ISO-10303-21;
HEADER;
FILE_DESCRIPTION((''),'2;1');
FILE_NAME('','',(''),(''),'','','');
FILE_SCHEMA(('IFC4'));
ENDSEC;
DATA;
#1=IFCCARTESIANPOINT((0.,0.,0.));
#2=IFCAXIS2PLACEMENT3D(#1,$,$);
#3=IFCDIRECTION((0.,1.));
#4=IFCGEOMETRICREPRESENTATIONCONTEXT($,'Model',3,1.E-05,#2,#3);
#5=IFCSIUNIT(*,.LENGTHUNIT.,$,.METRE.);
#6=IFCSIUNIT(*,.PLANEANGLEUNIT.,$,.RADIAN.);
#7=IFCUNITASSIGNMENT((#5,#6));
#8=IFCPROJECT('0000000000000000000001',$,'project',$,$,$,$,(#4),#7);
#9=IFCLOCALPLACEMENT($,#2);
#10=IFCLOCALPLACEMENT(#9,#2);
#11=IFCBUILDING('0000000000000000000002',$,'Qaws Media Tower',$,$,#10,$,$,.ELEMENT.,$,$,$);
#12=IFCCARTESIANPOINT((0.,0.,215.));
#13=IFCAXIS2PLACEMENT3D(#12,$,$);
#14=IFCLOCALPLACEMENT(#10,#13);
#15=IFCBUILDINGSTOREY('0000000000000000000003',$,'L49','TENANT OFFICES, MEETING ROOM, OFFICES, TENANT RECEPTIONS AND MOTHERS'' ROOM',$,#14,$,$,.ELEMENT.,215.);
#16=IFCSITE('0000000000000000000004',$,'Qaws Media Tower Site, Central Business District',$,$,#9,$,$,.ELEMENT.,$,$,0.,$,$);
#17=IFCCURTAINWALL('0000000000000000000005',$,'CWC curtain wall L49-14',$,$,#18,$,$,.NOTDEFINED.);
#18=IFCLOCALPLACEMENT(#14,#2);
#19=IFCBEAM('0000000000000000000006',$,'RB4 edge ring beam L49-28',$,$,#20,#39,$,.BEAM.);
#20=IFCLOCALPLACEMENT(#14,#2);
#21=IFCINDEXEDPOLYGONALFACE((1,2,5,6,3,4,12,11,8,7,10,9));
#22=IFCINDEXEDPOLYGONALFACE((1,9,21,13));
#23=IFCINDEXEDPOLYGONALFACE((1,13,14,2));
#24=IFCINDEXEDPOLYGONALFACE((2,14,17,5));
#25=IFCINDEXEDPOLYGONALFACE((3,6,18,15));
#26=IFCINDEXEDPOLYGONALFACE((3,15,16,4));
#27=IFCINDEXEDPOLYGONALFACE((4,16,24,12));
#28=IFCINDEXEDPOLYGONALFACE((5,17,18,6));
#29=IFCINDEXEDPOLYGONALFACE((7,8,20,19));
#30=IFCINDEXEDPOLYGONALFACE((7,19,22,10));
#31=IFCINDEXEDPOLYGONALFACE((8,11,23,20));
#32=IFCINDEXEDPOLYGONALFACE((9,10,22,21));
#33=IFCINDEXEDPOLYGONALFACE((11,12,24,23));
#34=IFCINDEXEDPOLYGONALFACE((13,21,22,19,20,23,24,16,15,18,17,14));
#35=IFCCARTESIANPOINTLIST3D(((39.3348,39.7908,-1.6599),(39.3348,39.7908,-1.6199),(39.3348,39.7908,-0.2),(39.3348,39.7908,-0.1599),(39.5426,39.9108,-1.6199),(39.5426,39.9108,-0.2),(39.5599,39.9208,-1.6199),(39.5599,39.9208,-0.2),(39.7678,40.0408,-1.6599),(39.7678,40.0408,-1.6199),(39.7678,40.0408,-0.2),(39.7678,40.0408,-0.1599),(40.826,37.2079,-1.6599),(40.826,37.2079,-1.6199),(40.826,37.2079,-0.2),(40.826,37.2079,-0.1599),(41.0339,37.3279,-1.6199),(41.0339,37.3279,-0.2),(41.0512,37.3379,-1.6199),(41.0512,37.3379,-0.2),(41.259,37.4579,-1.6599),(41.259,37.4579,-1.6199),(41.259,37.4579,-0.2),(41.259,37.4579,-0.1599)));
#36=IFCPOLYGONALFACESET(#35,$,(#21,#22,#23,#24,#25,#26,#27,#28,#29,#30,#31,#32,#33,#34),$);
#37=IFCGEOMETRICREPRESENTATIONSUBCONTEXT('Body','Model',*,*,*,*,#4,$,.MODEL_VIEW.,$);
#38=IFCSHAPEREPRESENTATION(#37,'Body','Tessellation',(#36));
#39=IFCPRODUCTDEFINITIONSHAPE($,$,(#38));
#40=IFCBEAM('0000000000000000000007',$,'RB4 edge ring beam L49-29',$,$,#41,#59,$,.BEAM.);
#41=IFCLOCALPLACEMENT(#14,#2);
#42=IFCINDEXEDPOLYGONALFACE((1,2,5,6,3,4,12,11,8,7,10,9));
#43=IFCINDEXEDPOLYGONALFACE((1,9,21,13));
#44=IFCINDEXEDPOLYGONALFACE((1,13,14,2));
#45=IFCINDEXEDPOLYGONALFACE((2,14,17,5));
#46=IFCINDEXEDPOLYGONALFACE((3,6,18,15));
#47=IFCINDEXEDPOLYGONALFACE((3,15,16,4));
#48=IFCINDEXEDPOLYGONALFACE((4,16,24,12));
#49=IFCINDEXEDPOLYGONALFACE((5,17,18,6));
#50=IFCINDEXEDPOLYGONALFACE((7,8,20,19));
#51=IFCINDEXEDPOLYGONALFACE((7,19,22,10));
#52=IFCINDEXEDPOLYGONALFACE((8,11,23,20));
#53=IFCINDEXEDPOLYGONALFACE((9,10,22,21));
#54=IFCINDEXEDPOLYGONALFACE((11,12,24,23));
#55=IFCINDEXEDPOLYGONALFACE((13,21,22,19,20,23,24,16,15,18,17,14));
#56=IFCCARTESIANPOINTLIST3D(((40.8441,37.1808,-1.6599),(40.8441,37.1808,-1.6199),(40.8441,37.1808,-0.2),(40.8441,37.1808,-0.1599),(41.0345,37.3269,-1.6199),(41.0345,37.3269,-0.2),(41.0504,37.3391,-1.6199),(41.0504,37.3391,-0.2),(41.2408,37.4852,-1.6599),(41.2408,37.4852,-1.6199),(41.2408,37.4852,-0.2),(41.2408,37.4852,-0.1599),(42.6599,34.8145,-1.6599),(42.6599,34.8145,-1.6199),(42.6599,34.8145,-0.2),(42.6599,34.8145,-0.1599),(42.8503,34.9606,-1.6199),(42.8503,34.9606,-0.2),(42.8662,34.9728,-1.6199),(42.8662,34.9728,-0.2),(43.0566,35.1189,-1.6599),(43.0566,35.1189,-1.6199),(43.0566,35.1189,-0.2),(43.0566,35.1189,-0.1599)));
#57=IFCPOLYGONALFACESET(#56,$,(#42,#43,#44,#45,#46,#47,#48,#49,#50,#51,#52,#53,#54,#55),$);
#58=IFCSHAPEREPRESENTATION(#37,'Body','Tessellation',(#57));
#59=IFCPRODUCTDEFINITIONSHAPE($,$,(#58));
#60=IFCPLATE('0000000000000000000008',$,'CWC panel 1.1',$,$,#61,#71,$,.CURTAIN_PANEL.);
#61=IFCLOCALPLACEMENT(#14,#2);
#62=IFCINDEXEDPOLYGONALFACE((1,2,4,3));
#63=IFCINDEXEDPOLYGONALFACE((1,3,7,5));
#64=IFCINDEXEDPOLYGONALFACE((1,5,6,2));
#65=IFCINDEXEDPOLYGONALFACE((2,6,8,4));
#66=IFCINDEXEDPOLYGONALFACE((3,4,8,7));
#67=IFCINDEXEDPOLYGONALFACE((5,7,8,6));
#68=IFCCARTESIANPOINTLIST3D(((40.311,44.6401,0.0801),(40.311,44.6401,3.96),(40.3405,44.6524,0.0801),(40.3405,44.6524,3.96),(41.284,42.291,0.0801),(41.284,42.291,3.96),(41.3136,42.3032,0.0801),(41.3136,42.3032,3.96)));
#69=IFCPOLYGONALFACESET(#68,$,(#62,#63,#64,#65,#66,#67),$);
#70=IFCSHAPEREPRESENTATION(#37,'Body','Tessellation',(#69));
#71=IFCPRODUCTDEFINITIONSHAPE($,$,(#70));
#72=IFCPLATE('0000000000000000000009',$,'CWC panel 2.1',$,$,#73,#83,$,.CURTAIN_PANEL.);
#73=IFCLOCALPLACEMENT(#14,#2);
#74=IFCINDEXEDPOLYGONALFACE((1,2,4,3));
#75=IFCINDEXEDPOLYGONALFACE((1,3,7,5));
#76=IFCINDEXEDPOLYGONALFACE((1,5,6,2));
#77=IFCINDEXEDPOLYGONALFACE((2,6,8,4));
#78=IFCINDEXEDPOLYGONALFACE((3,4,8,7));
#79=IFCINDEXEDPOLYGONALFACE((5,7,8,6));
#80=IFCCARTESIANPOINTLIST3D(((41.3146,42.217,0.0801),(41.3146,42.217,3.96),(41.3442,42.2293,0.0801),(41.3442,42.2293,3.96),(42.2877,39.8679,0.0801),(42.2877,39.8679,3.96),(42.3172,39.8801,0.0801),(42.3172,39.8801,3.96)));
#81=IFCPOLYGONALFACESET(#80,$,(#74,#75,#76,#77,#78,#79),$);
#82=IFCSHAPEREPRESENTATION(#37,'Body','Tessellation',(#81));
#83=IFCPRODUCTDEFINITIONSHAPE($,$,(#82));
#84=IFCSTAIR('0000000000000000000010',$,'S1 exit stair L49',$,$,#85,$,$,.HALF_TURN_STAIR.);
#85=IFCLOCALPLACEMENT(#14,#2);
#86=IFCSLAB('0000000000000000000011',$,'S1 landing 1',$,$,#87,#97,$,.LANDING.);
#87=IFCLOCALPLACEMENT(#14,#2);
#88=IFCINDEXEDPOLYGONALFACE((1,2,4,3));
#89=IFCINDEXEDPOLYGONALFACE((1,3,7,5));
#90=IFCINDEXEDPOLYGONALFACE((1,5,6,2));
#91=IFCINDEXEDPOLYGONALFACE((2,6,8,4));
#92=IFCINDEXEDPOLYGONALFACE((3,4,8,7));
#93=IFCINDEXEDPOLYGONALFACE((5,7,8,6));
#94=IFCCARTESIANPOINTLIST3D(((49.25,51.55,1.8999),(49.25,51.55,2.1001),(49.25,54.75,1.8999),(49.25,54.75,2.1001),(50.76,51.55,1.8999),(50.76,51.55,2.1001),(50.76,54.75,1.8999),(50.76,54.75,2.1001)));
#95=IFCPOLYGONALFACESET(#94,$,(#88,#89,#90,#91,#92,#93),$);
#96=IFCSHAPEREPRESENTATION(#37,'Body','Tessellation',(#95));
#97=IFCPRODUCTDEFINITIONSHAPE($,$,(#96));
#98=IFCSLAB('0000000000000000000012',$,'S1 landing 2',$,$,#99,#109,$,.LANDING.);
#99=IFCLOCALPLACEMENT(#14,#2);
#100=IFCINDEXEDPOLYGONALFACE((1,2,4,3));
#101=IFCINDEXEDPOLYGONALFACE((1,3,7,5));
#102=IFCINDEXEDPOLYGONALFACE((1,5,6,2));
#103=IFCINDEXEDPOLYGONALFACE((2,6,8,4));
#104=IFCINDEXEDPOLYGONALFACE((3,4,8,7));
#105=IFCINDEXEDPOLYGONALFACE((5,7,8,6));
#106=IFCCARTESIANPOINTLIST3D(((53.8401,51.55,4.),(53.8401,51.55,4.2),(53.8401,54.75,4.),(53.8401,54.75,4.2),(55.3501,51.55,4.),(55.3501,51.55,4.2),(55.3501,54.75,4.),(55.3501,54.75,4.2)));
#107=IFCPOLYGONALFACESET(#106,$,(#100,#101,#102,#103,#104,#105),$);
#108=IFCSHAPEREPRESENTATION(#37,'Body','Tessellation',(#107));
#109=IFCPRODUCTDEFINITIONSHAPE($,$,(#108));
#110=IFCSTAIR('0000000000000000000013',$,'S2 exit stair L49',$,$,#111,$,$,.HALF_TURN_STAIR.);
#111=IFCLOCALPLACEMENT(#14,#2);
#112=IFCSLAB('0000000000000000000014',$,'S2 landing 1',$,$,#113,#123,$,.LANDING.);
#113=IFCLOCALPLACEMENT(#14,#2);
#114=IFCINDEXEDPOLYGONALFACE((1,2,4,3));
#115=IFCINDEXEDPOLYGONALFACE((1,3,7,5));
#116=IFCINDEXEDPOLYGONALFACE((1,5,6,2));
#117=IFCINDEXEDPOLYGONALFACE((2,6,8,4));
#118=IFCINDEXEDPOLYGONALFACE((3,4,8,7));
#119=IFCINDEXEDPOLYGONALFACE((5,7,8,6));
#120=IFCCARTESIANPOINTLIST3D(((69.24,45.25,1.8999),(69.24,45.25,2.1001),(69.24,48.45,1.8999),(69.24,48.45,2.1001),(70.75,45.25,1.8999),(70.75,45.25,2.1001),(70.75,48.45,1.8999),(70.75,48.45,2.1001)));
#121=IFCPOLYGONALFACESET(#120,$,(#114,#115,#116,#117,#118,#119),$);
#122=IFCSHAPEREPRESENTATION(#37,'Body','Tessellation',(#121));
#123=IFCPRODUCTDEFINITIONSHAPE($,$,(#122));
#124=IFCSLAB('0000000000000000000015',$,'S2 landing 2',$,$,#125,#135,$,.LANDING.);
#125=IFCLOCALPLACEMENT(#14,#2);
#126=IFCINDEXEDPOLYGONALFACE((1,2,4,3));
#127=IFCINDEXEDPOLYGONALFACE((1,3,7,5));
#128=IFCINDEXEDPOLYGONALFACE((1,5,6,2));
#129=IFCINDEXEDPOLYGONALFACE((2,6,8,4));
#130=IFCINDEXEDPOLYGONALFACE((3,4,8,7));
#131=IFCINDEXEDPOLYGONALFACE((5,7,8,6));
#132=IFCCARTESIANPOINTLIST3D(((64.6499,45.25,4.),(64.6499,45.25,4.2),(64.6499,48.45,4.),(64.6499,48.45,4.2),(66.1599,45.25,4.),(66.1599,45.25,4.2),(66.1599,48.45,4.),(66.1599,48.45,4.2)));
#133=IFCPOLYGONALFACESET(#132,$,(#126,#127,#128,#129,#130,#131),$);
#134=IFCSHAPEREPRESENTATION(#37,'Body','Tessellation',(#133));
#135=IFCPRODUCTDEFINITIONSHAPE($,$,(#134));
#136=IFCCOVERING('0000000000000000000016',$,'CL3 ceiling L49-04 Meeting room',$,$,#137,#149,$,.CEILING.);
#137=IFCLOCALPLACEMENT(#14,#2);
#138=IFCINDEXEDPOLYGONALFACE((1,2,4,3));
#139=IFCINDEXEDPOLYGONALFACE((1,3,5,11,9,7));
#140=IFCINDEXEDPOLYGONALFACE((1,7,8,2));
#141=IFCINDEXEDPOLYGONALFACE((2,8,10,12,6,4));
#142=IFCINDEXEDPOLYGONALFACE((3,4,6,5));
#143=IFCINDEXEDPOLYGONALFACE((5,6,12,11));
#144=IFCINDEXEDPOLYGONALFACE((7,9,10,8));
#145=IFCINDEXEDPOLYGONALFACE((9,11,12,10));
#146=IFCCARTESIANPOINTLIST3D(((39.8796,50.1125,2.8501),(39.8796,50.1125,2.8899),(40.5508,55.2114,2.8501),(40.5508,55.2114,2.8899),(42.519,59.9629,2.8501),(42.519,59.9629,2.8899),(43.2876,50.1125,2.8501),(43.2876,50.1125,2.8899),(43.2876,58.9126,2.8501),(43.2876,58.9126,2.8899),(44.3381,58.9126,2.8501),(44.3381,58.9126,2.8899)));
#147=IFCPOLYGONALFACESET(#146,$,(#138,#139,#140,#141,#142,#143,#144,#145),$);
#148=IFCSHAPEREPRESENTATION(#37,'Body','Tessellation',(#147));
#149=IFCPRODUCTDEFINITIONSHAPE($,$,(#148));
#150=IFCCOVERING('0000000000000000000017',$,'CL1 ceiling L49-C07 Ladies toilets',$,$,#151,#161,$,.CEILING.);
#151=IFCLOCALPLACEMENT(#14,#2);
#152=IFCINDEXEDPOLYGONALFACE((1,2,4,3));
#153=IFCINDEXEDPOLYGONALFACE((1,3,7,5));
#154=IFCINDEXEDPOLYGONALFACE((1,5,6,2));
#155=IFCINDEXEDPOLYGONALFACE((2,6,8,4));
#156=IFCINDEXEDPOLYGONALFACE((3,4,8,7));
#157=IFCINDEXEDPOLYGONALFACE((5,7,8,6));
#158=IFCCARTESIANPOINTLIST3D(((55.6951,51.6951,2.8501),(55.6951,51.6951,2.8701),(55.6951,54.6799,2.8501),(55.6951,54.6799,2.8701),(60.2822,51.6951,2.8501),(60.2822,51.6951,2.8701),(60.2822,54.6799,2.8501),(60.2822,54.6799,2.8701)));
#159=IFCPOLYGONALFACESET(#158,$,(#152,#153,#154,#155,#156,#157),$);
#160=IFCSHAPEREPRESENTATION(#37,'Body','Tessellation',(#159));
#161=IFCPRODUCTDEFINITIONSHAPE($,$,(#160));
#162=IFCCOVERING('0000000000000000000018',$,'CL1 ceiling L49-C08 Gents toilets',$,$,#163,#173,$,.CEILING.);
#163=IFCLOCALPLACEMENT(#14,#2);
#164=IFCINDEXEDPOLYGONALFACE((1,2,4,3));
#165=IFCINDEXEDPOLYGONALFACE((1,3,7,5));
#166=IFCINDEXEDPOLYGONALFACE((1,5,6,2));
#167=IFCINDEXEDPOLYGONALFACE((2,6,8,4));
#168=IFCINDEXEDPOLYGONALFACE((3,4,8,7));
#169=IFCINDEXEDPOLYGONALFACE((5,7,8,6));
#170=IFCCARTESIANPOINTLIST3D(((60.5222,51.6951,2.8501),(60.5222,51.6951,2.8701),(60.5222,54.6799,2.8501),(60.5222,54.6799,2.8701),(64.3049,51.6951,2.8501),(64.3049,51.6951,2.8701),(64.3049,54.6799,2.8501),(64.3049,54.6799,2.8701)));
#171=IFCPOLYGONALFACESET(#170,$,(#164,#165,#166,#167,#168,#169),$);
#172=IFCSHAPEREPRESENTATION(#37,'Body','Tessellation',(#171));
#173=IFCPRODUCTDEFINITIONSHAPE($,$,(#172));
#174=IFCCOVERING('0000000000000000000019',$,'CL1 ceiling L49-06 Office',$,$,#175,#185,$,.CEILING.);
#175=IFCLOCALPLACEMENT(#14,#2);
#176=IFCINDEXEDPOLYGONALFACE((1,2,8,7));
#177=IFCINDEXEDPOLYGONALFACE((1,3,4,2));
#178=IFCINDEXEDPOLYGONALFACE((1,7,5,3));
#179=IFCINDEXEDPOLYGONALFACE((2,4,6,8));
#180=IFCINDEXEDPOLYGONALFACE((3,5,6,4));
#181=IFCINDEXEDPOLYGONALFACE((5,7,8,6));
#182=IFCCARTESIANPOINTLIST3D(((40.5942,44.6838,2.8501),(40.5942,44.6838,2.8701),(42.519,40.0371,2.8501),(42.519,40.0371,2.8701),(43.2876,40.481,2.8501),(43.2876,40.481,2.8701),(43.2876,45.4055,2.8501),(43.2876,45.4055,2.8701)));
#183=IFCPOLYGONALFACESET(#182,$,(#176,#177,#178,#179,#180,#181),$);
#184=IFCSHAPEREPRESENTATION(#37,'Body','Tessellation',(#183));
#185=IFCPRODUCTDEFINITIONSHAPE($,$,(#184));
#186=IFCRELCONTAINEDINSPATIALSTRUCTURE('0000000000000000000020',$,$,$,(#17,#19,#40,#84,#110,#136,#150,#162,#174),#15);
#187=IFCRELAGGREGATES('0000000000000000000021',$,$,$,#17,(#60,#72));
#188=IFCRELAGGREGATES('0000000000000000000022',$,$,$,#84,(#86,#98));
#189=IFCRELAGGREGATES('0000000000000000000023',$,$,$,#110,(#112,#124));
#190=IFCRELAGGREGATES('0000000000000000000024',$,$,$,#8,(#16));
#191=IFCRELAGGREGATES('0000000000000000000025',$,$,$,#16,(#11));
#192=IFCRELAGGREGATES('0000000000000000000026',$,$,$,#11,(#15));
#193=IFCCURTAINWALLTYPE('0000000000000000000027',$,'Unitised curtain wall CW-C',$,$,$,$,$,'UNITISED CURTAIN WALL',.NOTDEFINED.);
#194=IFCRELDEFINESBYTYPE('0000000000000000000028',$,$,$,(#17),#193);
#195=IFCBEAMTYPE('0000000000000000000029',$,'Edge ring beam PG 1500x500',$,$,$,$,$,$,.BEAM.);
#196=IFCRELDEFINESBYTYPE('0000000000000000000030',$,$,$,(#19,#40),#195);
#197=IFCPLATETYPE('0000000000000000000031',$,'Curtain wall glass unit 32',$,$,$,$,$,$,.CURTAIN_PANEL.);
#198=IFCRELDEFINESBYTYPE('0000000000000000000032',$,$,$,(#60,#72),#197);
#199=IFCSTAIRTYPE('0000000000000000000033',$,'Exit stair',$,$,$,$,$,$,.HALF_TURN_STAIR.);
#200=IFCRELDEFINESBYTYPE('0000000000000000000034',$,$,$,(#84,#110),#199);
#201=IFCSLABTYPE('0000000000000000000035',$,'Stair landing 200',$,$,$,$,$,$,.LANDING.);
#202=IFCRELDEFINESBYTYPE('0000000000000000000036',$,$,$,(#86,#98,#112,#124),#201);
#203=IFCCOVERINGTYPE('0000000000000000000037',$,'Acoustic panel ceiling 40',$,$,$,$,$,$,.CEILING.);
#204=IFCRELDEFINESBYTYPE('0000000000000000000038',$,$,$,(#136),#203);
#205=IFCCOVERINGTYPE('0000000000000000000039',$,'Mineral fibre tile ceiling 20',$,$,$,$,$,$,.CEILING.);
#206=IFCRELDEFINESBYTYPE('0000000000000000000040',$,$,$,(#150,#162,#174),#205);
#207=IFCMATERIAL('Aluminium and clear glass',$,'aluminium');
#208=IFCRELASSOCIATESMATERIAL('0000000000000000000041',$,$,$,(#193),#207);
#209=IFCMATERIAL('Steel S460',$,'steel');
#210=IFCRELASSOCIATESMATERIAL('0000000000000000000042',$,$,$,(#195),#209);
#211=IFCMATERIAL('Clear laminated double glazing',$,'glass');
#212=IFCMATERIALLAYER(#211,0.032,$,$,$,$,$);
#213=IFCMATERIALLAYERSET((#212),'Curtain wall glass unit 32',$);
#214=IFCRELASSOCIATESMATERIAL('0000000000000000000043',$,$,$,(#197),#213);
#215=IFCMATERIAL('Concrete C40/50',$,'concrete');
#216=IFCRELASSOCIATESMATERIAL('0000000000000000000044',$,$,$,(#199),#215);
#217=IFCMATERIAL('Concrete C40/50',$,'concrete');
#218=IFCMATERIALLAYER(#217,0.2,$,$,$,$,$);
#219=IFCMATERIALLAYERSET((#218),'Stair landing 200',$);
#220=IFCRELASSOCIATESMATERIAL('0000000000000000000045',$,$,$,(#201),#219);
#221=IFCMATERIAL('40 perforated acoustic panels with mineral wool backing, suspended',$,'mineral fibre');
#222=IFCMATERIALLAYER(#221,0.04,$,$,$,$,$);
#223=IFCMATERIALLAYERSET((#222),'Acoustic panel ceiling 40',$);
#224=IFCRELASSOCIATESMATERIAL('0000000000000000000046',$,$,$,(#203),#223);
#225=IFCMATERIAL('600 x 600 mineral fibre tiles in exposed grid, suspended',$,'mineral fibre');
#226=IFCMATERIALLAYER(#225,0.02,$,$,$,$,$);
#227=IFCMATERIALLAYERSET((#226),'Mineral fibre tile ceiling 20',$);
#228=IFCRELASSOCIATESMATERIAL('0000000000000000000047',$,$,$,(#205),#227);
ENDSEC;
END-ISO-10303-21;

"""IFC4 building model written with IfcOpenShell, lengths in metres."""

from ifc_helpers import new_model, si_unit, direction, frame, origin, origin_2d, place, context, subcontext, project, spatial, polyline, rectangle, i_section, outline, extrude, material, layer, layer_set, material_profile, profile_set, type_object, element, aggregate, save


model = new_model("IFC4")

# Units and contexts
model_context = context("Model", 3, precision=1e-05, world=origin(), true_north=direction((0.0, 1.0)))
body_context = subcontext(model_context, "Body", "Model", "MODEL_VIEW")
ifc_project = project(units=[si_unit("LENGTHUNIT", "METRE"), si_unit("PLANEANGLEUNIT", "RADIAN")], contexts=[model_context])

# Site, building, storey
site_placement = place(None, origin())
site = spatial("IfcSite", under=ifc_project, at=site_placement, Name="Qaws Media Tower Site, Central Business District", CompositionType="ELEMENT", RefElevation=0.0)
building_placement = place(site_placement, origin())
building = spatial("IfcBuilding", under=site, at=building_placement, Name="Qaws Media Tower", CompositionType="ELEMENT")
storey_placement = place(building_placement, frame((0.0, 0.0, 215.0)))
storey = spatial("IfcBuildingStorey", under=building, at=storey_placement, Name="L49", Description="TENANT OFFICES, MEETING ROOM, OFFICES, TENANT RECEPTIONS AND MOTHERS' ROOM", CompositionType="ELEMENT", Elevation=215.0)

# Curtain wall
ifc_material_1 = material(Name="Aluminium and clear glass", Category="aluminium")
curtain_wall_type = type_object("IfcCurtainWallType", Name="Unitised curtain wall CW-C", ElementType="UNITISED CURTAIN WALL", PredefinedType="NOTDEFINED", material=ifc_material_1)
curtain_wall_placement = place(storey_placement, origin())
curtain_wall = element("IfcCurtainWall", 1, at=curtain_wall_placement, inside=storey, type_object=curtain_wall_type, Name="CWC curtain wall L49-14", PredefinedType="NOTDEFINED")

# Beams
ifc_material_2 = material(Name="Steel S460", Category="steel")
ifc_material_profile_1 = material_profile(ifc_material_2, i_section(OverallWidth=0.5, OverallDepth=1.5, WebThickness=0.02, FlangeThickness=0.04, at=origin_2d()), Name="PG 1500x500")
ifc_profile_set_1 = profile_set([ifc_material_profile_1], Name="Steel S460")
beam_type = type_object("IfcBeamType", Name="Edge ring beam PG 1500x500", PredefinedType="BEAM", material=ifc_profile_set_1)
for number, where, z_axis, x_axis, name in (
    (2, (39.5513, 39.9158, -0.9099), (0.500013, -0.866018, 0.0), (0.866018, 0.500013, 0.0), "RB4 edge ring beam L49-28"),
):
    element("IfcBeam", number, at=place(storey_placement, frame(where, z_axis=z_axis, x_axis=x_axis)), inside=storey, type_object=beam_type, Name=name, PredefinedType="BEAM", context=body_context, shape_type="SweptSolid", body=[
        extrude(i_section(OverallWidth=0.5, OverallDepth=1.5, WebThickness=0.02, FlangeThickness=0.04, at=origin_2d()), origin(), (0.0, 0.0, 1.0), 2.9824),
    ])
beam_placement = place(storey_placement, frame((41.0425, 37.333, -0.9099), z_axis=(0.608765, -0.793351, 0.0), x_axis=(0.793351, 0.608765, 0.0)))
element("IfcBeam", 3, at=beam_placement, inside=storey, type_object=beam_type, Name="RB4 edge ring beam L49-29", PredefinedType="BEAM", context=body_context, shape_type="SweptSolid", body=[
    extrude(i_section(OverallWidth=0.5, OverallDepth=1.5, WebThickness=0.02, FlangeThickness=0.04, at=origin_2d()), origin(), (0.0, 0.0, 1.0), 2.9827),
])

# Plates
ifc_material_3 = material(Name="Clear laminated double glazing", Category="glass")
ifc_layer_1 = layer(ifc_material_3, 0.032)
ifc_layer_set_1 = layer_set([ifc_layer_1], Name="Curtain wall glass unit 32")
plate_type = type_object("IfcPlateType", Name="Curtain wall glass unit 32", PredefinedType="CURTAIN_PANEL", material=ifc_layer_set_1)
plate_1_placement = place(storey_placement, frame((40.8123, 43.4717, 0.0801), z_axis=(0.0, 0.0, 1.0), x_axis=(0.382684, -0.923879, 0.0)))
plate_1 = element("IfcPlate", 4, at=plate_1_placement, type_object=plate_type, Name="CWC panel 1.1", PredefinedType="CURTAIN_PANEL", context=body_context, shape_type="SweptSolid", body=[
    extrude(rectangle(XDim=2.5427, YDim=0.032, at=origin_2d()), origin(), (0.0, 0.0, 1.0), 3.8799),
])
plate_2_placement = place(storey_placement, frame((41.8159, 41.0486, 0.0801), z_axis=(0.0, 0.0, 1.0), x_axis=(0.382684, -0.923879, 0.0)))
plate_2 = element("IfcPlate", 5, at=plate_2_placement, type_object=plate_type, Name="CWC panel 2.1", PredefinedType="CURTAIN_PANEL", context=body_context, shape_type="SweptSolid", body=[
    extrude(rectangle(XDim=2.5427, YDim=0.032, at=origin_2d()), origin(), (0.0, 0.0, 1.0), 3.8799),
])
aggregate(curtain_wall, [plate_1, plate_2])

# Stairs, slabs
ifc_material_4 = material(Name="Concrete C40/50", Category="concrete")
stair_type = type_object("IfcStairType", Name="Exit stair", PredefinedType="HALF_TURN_STAIR", material=ifc_material_4)
stair_1_placement = place(storey_placement, origin())
stair_1 = element("IfcStair", 6, at=stair_1_placement, inside=storey, type_object=stair_type, Name="S1 exit stair L49", PredefinedType="HALF_TURN_STAIR")
ifc_material_5 = material(Name="Concrete C40/50", Category="concrete")
ifc_layer_2 = layer(ifc_material_5, 0.2)
ifc_layer_set_2 = layer_set([ifc_layer_2], Name="Stair landing 200")
slab_type = type_object("IfcSlabType", Name="Stair landing 200", PredefinedType="LANDING", material=ifc_layer_set_2)
slab_1_placement = place(storey_placement, frame((0.0, 0.0, 1.8999)))
slab_1 = element("IfcSlab", 7, at=slab_1_placement, type_object=slab_type, Name="S1 landing 1", PredefinedType="LANDING", context=body_context, shape_type="SweptSolid", body=[
    extrude(outline(polyline([(49.25, 51.55), (50.76, 51.55), (50.76, 54.75), (49.25, 54.75), (49.25, 51.55)])), origin(), (0.0, 0.0, 1.0), 0.2002),
])
slab_2_placement = place(storey_placement, frame((0.0, 0.0, 4.0)))
slab_2 = element("IfcSlab", 8, at=slab_2_placement, type_object=slab_type, Name="S1 landing 2", PredefinedType="LANDING", context=body_context, shape_type="SweptSolid", body=[
    extrude(outline(polyline([(53.8401, 51.55), (55.3501, 51.55), (55.3501, 54.75), (53.8401, 54.75), (53.8401, 51.55)])), origin(), (0.0, 0.0, 1.0), 0.2),
])
aggregate(stair_1, [slab_1, slab_2])
stair_2_placement = place(storey_placement, origin())
stair_2 = element("IfcStair", 9, at=stair_2_placement, inside=storey, type_object=stair_type, Name="S2 exit stair L49", PredefinedType="HALF_TURN_STAIR")
slab_3_placement = place(storey_placement, frame((0.0, 0.0, 1.8999)))
slab_3 = element("IfcSlab", 10, at=slab_3_placement, type_object=slab_type, Name="S2 landing 1", PredefinedType="LANDING", context=body_context, shape_type="SweptSolid", body=[
    extrude(outline(polyline([(69.24, 45.25), (70.75, 45.25), (70.75, 48.45), (69.24, 48.45), (69.24, 45.25)])), origin(), (0.0, 0.0, 1.0), 0.2002),
])
slab_4_placement = place(storey_placement, frame((0.0, 0.0, 4.0)))
slab_4 = element("IfcSlab", 11, at=slab_4_placement, type_object=slab_type, Name="S2 landing 2", PredefinedType="LANDING", context=body_context, shape_type="SweptSolid", body=[
    extrude(outline(polyline([(64.6499, 45.25), (66.1599, 45.25), (66.1599, 48.45), (64.6499, 48.45), (64.6499, 45.25)])), origin(), (0.0, 0.0, 1.0), 0.2),
])
aggregate(stair_2, [slab_3, slab_4])

# Coverings
ifc_material_6 = material(Name="40 perforated acoustic panels with mineral wool backing, suspended", Category="mineral fibre")
ifc_layer_3 = layer(ifc_material_6, 0.04)
ifc_layer_set_3 = layer_set([ifc_layer_3], Name="Acoustic panel ceiling 40")
covering_type_1 = type_object("IfcCoveringType", Name="Acoustic panel ceiling 40", PredefinedType="CEILING", material=ifc_layer_set_3)
covering_1_placement = place(storey_placement, frame((0.0, 0.0, 2.8501)))
element("IfcCovering", 12, at=covering_1_placement, inside=storey, type_object=covering_type_1, Name="CL3 ceiling L49-04 Meeting room", PredefinedType="CEILING", context=body_context, shape_type="SweptSolid", body=[
    extrude(outline(polyline([(40.5508, 55.2114), (42.519, 59.9629), (44.3381, 58.9126), (43.2876, 58.9126), (43.2876, 50.1125), (39.8796, 50.1125), (40.5508, 55.2114)])), origin(), (0.0, 0.0, 1.0), 0.0398),
])
ifc_material_7 = material(Name="600 x 600 mineral fibre tiles in exposed grid, suspended", Category="mineral fibre")
ifc_layer_4 = layer(ifc_material_7, 0.02)
ifc_layer_set_4 = layer_set([ifc_layer_4], Name="Mineral fibre tile ceiling 20")
covering_type_2 = type_object("IfcCoveringType", Name="Mineral fibre tile ceiling 20", PredefinedType="CEILING", material=ifc_layer_set_4)
covering_2_placement = place(storey_placement, frame((0.0, 0.0, 2.8501)))
element("IfcCovering", 13, at=covering_2_placement, inside=storey, type_object=covering_type_2, Name="CL1 ceiling L49-C07 Ladies toilets", PredefinedType="CEILING", context=body_context, shape_type="SweptSolid", body=[
    extrude(outline(polyline([(55.6951, 51.6951), (55.6951, 54.6799), (60.2822, 54.6799), (60.2822, 51.6951), (55.6951, 51.6951)])), origin(), (0.0, 0.0, 1.0), 0.02),
])
covering_3_placement = place(storey_placement, frame((0.0, 0.0, 2.8501)))
element("IfcCovering", 14, at=covering_3_placement, inside=storey, type_object=covering_type_2, Name="CL1 ceiling L49-C08 Gents toilets", PredefinedType="CEILING", context=body_context, shape_type="SweptSolid", body=[
    extrude(outline(polyline([(60.5222, 51.6951), (60.5222, 54.6799), (64.3049, 54.6799), (64.3049, 51.6951), (60.5222, 51.6951)])), origin(), (0.0, 0.0, 1.0), 0.02),
])
covering_4_placement = place(storey_placement, frame((0.0, 0.0, 2.8501)))
element("IfcCovering", 15, at=covering_4_placement, inside=storey, type_object=covering_type_2, Name="CL1 ceiling L49-06 Office", PredefinedType="CEILING", context=body_context, shape_type="SweptSolid", body=[
    extrude(outline(polyline([(40.5942, 44.6838), (43.2876, 45.4055), (43.2876, 40.481), (42.519, 40.0371), (40.5942, 44.6838)])), origin(), (0.0, 0.0, 1.0), 0.02),
])

save(model, "model.ifc")
